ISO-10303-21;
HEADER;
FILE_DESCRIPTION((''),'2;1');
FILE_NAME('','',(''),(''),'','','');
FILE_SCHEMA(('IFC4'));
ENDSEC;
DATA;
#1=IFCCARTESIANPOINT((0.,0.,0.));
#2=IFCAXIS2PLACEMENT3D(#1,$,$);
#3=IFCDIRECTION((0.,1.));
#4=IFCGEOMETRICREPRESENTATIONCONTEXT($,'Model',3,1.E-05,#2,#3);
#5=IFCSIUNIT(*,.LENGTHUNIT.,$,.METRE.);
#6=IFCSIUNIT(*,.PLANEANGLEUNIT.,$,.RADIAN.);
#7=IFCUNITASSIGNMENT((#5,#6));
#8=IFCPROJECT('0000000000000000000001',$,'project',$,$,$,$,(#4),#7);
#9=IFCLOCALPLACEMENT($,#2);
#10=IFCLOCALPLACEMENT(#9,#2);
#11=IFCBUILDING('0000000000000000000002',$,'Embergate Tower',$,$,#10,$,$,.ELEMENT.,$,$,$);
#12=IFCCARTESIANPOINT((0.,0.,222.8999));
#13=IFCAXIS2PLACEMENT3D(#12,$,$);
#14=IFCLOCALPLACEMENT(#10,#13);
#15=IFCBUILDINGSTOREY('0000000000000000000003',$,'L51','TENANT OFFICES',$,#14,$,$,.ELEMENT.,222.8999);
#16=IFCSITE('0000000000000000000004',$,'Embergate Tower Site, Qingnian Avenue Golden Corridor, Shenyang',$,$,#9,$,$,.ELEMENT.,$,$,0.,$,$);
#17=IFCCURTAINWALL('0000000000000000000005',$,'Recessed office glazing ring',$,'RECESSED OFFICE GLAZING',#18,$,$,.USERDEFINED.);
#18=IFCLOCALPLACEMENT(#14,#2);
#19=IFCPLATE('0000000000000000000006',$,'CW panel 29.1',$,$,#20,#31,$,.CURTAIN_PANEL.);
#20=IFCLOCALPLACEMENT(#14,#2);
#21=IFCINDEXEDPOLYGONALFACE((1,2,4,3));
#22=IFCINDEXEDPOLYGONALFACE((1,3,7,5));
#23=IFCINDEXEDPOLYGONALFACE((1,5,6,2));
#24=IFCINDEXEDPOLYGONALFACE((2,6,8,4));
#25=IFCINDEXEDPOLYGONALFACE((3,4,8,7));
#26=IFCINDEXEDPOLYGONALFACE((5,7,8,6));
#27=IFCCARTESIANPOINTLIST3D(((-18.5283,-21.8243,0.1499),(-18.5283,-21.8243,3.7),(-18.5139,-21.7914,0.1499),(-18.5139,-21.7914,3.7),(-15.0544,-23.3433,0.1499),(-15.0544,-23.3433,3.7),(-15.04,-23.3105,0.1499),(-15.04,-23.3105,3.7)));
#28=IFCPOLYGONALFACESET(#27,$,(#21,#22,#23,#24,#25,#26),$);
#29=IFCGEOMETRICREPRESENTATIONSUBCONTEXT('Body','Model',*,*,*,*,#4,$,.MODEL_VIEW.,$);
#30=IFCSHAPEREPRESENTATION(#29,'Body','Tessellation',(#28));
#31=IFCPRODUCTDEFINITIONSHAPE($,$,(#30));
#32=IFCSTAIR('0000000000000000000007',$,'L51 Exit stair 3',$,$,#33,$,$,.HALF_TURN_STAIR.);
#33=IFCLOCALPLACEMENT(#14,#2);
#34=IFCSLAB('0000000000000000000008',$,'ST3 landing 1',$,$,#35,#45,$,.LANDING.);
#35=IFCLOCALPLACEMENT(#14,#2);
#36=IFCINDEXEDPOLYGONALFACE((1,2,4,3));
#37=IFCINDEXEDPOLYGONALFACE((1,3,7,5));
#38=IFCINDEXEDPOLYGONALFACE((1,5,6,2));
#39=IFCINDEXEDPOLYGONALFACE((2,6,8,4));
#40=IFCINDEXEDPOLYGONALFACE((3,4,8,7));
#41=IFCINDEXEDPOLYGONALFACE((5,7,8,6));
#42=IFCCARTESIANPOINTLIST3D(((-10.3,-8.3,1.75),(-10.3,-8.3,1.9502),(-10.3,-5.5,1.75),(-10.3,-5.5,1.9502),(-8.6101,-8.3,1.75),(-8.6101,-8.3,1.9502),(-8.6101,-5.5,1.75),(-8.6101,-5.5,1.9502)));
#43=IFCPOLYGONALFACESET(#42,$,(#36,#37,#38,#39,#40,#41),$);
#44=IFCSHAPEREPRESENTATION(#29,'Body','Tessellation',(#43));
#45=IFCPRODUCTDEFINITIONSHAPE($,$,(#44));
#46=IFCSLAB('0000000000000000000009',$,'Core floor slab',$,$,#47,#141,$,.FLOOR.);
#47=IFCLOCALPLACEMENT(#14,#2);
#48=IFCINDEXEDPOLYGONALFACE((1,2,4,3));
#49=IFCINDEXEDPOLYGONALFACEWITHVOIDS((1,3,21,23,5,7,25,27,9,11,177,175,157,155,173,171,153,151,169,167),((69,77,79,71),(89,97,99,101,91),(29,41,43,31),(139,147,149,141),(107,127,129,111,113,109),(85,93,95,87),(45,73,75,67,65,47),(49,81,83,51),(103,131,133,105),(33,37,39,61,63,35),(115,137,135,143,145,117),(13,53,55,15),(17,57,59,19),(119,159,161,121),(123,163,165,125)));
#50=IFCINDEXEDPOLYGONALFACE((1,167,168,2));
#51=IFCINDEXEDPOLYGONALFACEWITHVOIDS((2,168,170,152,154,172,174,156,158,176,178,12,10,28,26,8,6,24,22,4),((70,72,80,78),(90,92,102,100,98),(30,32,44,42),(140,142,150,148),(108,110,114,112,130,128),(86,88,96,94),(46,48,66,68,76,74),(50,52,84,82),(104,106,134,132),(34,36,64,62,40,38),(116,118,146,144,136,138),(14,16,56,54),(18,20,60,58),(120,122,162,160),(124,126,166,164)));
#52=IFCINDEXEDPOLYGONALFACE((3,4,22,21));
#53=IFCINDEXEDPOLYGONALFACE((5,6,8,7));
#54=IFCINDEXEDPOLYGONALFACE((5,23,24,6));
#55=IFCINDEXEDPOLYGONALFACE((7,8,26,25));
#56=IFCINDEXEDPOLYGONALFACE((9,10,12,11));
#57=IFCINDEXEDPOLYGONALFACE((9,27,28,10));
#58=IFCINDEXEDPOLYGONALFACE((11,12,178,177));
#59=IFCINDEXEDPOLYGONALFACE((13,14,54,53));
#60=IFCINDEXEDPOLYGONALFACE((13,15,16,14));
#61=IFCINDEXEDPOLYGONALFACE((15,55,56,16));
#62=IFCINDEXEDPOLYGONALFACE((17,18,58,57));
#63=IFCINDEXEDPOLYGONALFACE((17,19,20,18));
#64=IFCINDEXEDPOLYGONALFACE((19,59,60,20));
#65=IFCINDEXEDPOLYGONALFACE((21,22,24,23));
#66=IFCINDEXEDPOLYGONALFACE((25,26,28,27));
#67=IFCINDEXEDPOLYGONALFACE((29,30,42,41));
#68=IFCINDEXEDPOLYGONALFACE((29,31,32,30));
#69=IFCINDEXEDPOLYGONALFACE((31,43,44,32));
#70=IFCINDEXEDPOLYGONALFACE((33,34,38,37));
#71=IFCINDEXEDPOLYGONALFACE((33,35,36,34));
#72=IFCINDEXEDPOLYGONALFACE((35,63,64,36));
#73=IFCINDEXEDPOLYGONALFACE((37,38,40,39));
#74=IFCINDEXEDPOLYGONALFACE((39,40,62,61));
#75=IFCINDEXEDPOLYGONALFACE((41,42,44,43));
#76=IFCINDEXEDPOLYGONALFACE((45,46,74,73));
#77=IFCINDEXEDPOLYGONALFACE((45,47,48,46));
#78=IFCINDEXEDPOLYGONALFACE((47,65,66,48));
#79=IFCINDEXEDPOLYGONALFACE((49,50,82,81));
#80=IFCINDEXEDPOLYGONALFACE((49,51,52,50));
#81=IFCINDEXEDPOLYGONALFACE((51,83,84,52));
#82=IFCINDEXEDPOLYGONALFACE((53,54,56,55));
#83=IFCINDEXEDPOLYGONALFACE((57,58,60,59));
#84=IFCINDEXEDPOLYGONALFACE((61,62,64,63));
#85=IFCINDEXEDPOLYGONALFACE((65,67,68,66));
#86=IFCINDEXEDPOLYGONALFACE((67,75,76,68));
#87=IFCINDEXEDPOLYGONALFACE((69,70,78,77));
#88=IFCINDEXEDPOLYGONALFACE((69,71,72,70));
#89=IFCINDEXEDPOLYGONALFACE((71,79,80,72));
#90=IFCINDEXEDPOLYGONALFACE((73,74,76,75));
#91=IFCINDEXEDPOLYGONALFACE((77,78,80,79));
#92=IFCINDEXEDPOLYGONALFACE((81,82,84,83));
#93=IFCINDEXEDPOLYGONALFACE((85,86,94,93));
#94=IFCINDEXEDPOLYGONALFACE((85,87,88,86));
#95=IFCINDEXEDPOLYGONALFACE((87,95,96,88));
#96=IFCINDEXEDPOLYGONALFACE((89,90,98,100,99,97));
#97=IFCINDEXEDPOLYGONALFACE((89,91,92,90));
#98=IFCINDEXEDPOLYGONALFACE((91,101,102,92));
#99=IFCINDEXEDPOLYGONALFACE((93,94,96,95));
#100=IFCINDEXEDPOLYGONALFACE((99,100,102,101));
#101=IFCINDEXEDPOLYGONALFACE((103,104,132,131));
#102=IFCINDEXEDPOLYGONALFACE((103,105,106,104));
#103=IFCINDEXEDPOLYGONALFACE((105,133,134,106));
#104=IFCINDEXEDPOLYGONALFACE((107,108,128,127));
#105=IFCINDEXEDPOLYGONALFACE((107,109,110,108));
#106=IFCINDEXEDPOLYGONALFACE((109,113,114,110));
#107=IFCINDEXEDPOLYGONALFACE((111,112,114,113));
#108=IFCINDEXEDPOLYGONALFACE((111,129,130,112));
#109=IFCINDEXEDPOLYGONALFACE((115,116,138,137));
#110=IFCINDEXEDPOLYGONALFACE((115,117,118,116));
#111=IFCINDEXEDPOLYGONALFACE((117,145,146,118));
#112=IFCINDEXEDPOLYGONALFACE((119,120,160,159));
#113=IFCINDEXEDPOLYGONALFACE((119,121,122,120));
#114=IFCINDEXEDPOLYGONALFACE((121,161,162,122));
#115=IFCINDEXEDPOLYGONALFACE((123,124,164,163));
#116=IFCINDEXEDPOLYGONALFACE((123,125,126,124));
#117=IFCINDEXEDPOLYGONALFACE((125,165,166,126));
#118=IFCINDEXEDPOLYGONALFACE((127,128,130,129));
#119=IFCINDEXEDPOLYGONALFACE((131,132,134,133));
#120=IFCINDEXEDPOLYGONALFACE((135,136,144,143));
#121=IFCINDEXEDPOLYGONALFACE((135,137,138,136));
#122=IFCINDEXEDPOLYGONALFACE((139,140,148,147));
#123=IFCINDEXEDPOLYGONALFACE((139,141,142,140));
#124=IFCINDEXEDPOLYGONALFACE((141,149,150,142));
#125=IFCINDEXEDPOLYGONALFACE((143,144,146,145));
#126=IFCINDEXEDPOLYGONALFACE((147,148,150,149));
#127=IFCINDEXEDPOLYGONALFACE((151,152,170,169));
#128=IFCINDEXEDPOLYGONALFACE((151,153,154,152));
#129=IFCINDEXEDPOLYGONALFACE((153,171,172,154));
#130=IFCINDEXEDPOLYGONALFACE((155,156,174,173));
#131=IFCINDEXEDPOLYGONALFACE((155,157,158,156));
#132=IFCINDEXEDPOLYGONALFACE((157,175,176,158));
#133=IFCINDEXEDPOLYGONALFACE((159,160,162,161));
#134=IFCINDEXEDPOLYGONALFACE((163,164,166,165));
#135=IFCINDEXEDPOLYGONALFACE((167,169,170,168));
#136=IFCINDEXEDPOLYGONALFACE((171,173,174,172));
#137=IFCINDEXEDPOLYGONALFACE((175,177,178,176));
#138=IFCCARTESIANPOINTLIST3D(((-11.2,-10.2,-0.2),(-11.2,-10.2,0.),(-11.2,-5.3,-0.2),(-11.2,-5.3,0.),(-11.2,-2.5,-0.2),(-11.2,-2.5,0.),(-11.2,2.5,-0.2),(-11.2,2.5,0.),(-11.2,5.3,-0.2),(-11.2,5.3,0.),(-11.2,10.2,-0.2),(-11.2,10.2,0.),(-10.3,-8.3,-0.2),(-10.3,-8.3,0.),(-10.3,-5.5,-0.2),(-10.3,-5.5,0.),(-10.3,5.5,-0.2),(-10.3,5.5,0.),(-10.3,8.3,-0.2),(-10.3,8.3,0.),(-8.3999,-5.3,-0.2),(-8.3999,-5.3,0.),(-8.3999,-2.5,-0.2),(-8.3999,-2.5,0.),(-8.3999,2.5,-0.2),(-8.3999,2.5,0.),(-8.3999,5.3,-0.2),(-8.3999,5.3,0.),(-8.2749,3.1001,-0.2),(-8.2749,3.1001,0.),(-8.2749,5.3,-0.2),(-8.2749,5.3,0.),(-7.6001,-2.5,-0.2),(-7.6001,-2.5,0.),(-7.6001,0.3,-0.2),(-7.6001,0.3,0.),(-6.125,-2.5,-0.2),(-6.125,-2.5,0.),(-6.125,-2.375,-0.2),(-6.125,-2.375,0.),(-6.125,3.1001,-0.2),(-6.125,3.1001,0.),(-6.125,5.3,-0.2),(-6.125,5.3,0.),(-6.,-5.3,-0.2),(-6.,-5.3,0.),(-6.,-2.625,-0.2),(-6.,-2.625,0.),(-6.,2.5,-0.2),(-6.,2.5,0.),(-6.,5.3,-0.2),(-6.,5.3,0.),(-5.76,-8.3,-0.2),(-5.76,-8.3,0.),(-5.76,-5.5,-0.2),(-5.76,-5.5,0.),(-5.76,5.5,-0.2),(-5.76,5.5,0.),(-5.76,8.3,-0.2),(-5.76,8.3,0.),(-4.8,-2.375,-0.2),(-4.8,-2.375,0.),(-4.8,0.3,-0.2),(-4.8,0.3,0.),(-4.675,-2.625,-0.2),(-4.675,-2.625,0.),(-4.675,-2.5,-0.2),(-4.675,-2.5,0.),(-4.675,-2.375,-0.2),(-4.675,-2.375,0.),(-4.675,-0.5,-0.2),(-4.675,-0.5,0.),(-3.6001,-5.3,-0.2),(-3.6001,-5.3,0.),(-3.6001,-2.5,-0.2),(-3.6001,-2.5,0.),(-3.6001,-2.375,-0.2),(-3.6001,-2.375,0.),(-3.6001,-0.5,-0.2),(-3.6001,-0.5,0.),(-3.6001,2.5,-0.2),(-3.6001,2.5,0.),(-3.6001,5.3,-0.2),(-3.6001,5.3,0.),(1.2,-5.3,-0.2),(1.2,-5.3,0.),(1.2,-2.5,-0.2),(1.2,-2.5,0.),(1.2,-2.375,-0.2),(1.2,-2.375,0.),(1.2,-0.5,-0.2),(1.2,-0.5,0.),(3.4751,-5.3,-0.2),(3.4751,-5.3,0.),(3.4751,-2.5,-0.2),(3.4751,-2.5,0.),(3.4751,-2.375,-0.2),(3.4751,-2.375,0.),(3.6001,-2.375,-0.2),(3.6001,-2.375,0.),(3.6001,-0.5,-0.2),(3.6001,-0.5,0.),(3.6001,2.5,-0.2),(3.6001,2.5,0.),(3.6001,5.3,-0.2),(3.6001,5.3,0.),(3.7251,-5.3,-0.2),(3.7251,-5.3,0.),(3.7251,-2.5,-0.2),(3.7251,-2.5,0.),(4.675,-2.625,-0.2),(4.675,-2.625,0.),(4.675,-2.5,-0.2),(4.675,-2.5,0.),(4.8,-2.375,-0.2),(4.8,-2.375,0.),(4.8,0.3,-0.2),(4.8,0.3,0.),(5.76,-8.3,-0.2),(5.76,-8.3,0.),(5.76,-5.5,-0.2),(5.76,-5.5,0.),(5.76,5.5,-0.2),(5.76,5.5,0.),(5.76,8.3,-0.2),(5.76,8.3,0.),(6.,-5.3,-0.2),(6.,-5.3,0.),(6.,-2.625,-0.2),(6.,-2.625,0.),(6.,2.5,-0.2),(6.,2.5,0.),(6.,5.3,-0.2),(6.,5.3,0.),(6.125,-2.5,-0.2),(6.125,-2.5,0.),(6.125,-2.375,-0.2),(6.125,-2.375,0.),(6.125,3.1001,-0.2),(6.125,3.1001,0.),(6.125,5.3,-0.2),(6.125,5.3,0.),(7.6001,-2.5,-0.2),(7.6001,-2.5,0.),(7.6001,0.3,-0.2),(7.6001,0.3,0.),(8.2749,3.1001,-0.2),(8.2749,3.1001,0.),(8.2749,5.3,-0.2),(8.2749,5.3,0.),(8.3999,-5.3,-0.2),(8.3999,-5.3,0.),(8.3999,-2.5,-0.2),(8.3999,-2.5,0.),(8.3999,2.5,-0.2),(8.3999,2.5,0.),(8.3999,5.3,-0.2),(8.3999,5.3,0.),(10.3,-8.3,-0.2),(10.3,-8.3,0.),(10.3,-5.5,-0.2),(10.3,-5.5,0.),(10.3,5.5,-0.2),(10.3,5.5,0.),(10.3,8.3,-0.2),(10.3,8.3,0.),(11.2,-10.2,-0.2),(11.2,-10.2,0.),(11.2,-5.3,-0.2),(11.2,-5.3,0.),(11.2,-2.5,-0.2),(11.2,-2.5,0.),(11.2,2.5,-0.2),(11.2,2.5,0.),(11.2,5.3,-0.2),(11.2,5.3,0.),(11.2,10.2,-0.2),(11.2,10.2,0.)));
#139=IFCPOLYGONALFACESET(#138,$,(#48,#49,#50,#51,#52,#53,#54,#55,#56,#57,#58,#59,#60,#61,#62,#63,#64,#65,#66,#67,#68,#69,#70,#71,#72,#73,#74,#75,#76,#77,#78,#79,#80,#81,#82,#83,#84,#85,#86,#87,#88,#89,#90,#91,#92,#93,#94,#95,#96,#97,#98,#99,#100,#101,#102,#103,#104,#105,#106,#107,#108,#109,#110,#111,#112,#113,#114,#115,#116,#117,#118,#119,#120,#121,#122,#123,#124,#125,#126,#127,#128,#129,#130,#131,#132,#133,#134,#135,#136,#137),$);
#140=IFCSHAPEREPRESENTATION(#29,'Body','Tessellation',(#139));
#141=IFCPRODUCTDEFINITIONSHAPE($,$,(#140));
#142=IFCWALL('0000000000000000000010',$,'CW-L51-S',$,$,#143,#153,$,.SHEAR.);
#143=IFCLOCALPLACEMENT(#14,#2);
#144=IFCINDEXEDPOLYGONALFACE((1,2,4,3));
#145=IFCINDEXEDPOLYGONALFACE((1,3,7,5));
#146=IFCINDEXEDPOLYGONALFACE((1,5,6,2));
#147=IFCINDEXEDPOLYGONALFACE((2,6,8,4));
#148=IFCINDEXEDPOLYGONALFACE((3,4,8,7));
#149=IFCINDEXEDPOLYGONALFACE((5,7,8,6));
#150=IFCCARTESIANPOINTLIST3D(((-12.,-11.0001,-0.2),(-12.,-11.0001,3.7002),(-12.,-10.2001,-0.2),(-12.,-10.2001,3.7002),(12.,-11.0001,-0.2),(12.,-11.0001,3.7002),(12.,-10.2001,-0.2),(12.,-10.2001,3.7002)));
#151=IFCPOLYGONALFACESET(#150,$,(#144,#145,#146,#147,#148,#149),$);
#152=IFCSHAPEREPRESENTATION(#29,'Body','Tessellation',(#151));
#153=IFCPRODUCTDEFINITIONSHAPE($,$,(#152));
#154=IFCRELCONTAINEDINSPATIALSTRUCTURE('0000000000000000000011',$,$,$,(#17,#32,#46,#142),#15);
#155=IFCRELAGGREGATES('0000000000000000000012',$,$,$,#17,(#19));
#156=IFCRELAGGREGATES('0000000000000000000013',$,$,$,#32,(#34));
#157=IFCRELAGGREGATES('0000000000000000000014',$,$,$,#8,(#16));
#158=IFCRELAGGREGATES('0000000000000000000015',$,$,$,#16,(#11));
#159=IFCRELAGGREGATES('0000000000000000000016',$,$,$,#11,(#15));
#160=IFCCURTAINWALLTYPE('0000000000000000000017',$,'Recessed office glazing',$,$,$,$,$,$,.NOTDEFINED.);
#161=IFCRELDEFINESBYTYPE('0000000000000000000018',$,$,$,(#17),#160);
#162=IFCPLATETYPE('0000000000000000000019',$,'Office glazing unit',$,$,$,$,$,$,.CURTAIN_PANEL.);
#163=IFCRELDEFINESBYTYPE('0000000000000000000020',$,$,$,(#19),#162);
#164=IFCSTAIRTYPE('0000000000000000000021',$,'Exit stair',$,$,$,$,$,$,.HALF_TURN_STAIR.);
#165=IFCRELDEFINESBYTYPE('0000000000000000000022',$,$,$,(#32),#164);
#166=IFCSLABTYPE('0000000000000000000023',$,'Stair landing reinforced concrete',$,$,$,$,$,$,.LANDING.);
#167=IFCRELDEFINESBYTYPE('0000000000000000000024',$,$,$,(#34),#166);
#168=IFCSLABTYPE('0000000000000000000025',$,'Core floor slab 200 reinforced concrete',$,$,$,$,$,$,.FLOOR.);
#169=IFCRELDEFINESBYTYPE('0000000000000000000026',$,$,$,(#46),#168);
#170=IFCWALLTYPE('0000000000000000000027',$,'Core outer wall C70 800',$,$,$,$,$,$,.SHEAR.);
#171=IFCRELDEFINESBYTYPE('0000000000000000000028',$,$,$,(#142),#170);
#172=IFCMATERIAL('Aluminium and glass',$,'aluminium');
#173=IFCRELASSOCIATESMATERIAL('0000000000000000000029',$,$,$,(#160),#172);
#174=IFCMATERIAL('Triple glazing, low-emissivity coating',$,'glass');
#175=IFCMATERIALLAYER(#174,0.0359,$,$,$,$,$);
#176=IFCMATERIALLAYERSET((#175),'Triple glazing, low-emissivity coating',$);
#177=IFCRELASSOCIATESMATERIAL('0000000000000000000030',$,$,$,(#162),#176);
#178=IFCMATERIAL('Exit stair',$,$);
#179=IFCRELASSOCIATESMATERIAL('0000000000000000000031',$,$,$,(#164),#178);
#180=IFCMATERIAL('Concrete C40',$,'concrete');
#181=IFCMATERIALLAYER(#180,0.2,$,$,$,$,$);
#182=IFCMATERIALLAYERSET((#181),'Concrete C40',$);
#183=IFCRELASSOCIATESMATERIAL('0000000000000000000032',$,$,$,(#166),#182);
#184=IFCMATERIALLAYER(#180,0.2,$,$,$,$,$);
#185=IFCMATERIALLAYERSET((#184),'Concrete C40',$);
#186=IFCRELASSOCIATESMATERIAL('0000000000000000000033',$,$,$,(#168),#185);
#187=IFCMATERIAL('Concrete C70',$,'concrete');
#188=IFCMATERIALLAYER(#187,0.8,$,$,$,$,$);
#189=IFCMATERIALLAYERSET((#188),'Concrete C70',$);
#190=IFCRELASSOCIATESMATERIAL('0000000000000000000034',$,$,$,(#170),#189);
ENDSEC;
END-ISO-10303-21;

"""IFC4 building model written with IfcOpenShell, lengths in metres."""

from ifc_helpers import new_model, si_unit, direction, frame, frame_2d, origin, origin_2d, place, context, subcontext, project, spatial, polyline, rectangle, outline, extrude, source, transform, mapped, material, layer, layer_set, type_object, element, aggregate, save


model = new_model("IFC4")

# Units and contexts
model_context = context("Model", 3, precision=1e-05, world=origin(), true_north=direction((0.0, 1.0)))
body_context = subcontext(model_context, "Body", "Model", "MODEL_VIEW")
ifc_project = project(units=[si_unit("LENGTHUNIT", "METRE"), si_unit("PLANEANGLEUNIT", "RADIAN")], contexts=[model_context])

# Site, building, storey
site_placement = place(None, origin())
site = spatial("IfcSite", under=ifc_project, at=site_placement, Name="Embergate Tower Site, Qingnian Avenue Golden Corridor, Shenyang", CompositionType="ELEMENT", RefElevation=0.0)
building_placement = place(site_placement, origin())
building = spatial("IfcBuilding", under=site, at=building_placement, Name="Embergate Tower", CompositionType="ELEMENT")
storey_placement = place(building_placement, frame((0.0, 0.0, 222.8999)))
storey = spatial("IfcBuildingStorey", under=building, at=storey_placement, Name="L51", Description="TENANT OFFICES", CompositionType="ELEMENT", Elevation=222.8999)

# Curtain wall, plate
ifc_material_1 = material(Name="Aluminium and glass", Category="aluminium")
curtain_wall_type = type_object("IfcCurtainWallType", Name="Recessed office glazing", PredefinedType="NOTDEFINED", material=ifc_material_1)
curtain_wall_placement = place(storey_placement, origin())
curtain_wall = element("IfcCurtainWall", 1, at=curtain_wall_placement, inside=storey, type_object=curtain_wall_type, Name="Recessed office glazing ring", ObjectType="RECESSED OFFICE GLAZING", PredefinedType="USERDEFINED")
ifc_material_2 = material(Name="Triple glazing, low-emissivity coating", Category="glass")
ifc_layer_1 = layer(ifc_material_2, 0.0359)
ifc_layer_set_1 = layer_set([ifc_layer_1], Name="Triple glazing, low-emissivity coating")
plate_type = type_object("IfcPlateType", Name="Office glazing unit", PredefinedType="CURTAIN_PANEL", material=ifc_layer_set_1)
shared_shape_1 = source(origin(), body_context, "Body", "SweptSolid", [
    extrude(rectangle(XDim=3.7915, YDim=0.0359, at=origin_2d()), origin(), (0.0, 0.0, 1.0), 3.55),
])
plate_placement = place(storey_placement, frame((-16.7842, -22.5674, 0.1499), z_axis=(0.0, 0.0, 1.0), x_axis=(0.916234, -0.400643, 0.0)))
plate = element("IfcPlate", 2, at=plate_placement, type_object=plate_type, Name="CW panel 29.1", PredefinedType="CURTAIN_PANEL", context=body_context, shape_type="MappedRepresentation", body=[
    mapped(shared_shape_1, transform((0.0, 0.0, 0.0))),
])
aggregate(curtain_wall, [plate])

# Stair, slab
ifc_material_3 = material(Name="Exit stair")
stair_type = type_object("IfcStairType", Name="Exit stair", PredefinedType="HALF_TURN_STAIR", material=ifc_material_3)
stair_placement = place(storey_placement, origin())
stair = element("IfcStair", 3, at=stair_placement, inside=storey, type_object=stair_type, Name="L51 Exit stair 3", PredefinedType="HALF_TURN_STAIR")
ifc_material_4 = material(Name="Concrete C40", Category="concrete")
ifc_layer_2 = layer(ifc_material_4, 0.2)
ifc_layer_set_2 = layer_set([ifc_layer_2], Name="Concrete C40")
slab_type_1 = type_object("IfcSlabType", Name="Stair landing reinforced concrete", PredefinedType="LANDING", material=ifc_layer_set_2)
shared_shape_2 = source(origin(), body_context, "Body", "SweptSolid", [
    extrude(outline(polyline([(0.0, 0.0), (1.6899, 0.0), (1.6899, 2.8), (0.0, 2.8), (0.0, 0.0)])), origin(), (0.0, 0.0, 1.0), 0.2002),
])
slab_1_placement = place(storey_placement, frame((-10.3, -8.3, 1.75)))
slab_1 = element("IfcSlab", 4, at=slab_1_placement, type_object=slab_type_1, Name="ST3 landing 1", PredefinedType="LANDING", context=body_context, shape_type="MappedRepresentation", body=[
    mapped(shared_shape_2, transform((0.0, 0.0, 0.0))),
])

# Slab
ifc_layer_3 = layer(ifc_material_4, 0.2)
ifc_layer_set_3 = layer_set([ifc_layer_3], Name="Concrete C40")
slab_type_2 = type_object("IfcSlabType", Name="Core floor slab 200 reinforced concrete", PredefinedType="FLOOR", material=ifc_layer_set_3)
shared_shape_3 = source(origin(), body_context, "Body", "SweptSolid", [
    extrude(outline(polyline([(0.0, 0.0), (22.3999, 0.0), (22.3999, 4.8999), (19.5999, 4.8999), (19.5999, 7.7), (22.3999, 7.7), (22.3999, 12.7), (19.5999, 12.7), (19.5999, 15.5), (22.3999, 15.5), (22.3999, 20.3999), (0.0, 20.3999), (0.0, 15.5), (2.8, 15.5), (2.8, 12.7), (0.0, 12.7), (0.0, 7.7), (2.8, 7.7), (2.8, 4.8999), (0.0, 4.8999), (0.0, 0.0)]), holes=[polyline([(0.8999, 1.8999), (0.8999, 4.7), (5.4399, 4.7), (5.4399, 1.8999), (0.8999, 1.8999)]), polyline([(16.96, 1.8999), (16.96, 4.7), (21.5, 4.7), (21.5, 1.8999), (16.96, 1.8999)]), polyline([(5.2, 4.8999), (5.2, 7.575), (6.5249, 7.575), (6.5249, 7.7), (7.5999, 7.7), (7.5999, 4.8999), (5.2, 4.8999)]), polyline([(12.3999, 4.8999), (12.3999, 7.7), (14.675, 7.7), (14.675, 4.8999), (12.3999, 4.8999)]), polyline([(14.925, 4.8999), (14.925, 7.7), (15.875, 7.7), (15.875, 7.575), (17.2, 7.575), (17.2, 4.8999), (14.925, 4.8999)]), polyline([(3.5999, 7.7), (3.5999, 10.5), (6.3999, 10.5), (6.3999, 7.825), (5.075, 7.825), (5.075, 7.7), (3.5999, 7.7)]), polyline([(17.325, 7.7), (17.325, 7.825), (16.0, 7.825), (16.0, 10.5), (18.8, 10.5), (18.8, 7.7), (17.325, 7.7)]), polyline([(6.5249, 7.825), (6.5249, 9.7), (7.5999, 9.7), (7.5999, 7.825), (6.5249, 7.825)]), polyline([(12.3999, 7.825), (12.3999, 9.7), (14.8, 9.7), (14.8, 7.825), (14.675, 7.825), (12.3999, 7.825)]), polyline([(5.2, 12.7), (5.2, 15.5), (7.5999, 15.5), (7.5999, 12.7), (5.2, 12.7)]), polyline([(14.8, 12.7), (14.8, 15.5), (17.2, 15.5), (17.2, 12.7), (14.8, 12.7)]), polyline([(2.925, 13.3), (2.925, 15.5), (5.075, 15.5), (5.075, 13.3), (2.925, 13.3)]), polyline([(17.325, 13.3), (17.325, 15.5), (19.4749, 15.5), (19.4749, 13.3), (17.325, 13.3)]), polyline([(0.8999, 15.7), (0.8999, 18.5), (5.4399, 18.5), (5.4399, 15.7), (0.8999, 15.7)]), polyline([(16.96, 15.7), (16.96, 18.5), (21.5, 18.5), (21.5, 15.7), (16.96, 15.7)])]), origin(), (0.0, 0.0, 1.0), 0.2),
])
slab_2_placement = place(storey_placement, frame((-11.2, -10.2, -0.2)))
element("IfcSlab", 5, at=slab_2_placement, inside=storey, type_object=slab_type_2, Name="Core floor slab", PredefinedType="FLOOR", context=body_context, shape_type="MappedRepresentation", body=[
    mapped(shared_shape_3, transform((0.0, 0.0, 0.0))),
])

# Wall
ifc_material_5 = material(Name="Concrete C70", Category="concrete")
ifc_layer_4 = layer(ifc_material_5, 0.8)
ifc_layer_set_4 = layer_set([ifc_layer_4], Name="Concrete C70")
wall_type_1 = type_object("IfcWallType", Name="Core outer wall C70 800", PredefinedType="SHEAR", material=ifc_layer_set_4)
shared_shape_4 = source(origin(), body_context, "Body", "SweptSolid", [
    extrude(rectangle(XDim=24.0, YDim=0.8, at=frame_2d((12.0, 0.0))), origin(), (0.0, 0.0, 1.0), 3.9001),
])
wall_1_placement = place(storey_placement, frame((-12.0, -10.6001, -0.2), z_axis=(0.0, 0.0, 1.0), x_axis=(1.0, 0.0, 0.0)))
element("IfcWall", 6, at=wall_1_placement, inside=storey, type_object=wall_type_1, Name="CW-L51-S", PredefinedType="SHEAR", context=body_context, shape_type="MappedRepresentation", body=[
    mapped(shared_shape_4, transform((0.0, 0.0, 0.0))),
])

aggregate(stair, [slab_1])

save(model, "model.ifc")
